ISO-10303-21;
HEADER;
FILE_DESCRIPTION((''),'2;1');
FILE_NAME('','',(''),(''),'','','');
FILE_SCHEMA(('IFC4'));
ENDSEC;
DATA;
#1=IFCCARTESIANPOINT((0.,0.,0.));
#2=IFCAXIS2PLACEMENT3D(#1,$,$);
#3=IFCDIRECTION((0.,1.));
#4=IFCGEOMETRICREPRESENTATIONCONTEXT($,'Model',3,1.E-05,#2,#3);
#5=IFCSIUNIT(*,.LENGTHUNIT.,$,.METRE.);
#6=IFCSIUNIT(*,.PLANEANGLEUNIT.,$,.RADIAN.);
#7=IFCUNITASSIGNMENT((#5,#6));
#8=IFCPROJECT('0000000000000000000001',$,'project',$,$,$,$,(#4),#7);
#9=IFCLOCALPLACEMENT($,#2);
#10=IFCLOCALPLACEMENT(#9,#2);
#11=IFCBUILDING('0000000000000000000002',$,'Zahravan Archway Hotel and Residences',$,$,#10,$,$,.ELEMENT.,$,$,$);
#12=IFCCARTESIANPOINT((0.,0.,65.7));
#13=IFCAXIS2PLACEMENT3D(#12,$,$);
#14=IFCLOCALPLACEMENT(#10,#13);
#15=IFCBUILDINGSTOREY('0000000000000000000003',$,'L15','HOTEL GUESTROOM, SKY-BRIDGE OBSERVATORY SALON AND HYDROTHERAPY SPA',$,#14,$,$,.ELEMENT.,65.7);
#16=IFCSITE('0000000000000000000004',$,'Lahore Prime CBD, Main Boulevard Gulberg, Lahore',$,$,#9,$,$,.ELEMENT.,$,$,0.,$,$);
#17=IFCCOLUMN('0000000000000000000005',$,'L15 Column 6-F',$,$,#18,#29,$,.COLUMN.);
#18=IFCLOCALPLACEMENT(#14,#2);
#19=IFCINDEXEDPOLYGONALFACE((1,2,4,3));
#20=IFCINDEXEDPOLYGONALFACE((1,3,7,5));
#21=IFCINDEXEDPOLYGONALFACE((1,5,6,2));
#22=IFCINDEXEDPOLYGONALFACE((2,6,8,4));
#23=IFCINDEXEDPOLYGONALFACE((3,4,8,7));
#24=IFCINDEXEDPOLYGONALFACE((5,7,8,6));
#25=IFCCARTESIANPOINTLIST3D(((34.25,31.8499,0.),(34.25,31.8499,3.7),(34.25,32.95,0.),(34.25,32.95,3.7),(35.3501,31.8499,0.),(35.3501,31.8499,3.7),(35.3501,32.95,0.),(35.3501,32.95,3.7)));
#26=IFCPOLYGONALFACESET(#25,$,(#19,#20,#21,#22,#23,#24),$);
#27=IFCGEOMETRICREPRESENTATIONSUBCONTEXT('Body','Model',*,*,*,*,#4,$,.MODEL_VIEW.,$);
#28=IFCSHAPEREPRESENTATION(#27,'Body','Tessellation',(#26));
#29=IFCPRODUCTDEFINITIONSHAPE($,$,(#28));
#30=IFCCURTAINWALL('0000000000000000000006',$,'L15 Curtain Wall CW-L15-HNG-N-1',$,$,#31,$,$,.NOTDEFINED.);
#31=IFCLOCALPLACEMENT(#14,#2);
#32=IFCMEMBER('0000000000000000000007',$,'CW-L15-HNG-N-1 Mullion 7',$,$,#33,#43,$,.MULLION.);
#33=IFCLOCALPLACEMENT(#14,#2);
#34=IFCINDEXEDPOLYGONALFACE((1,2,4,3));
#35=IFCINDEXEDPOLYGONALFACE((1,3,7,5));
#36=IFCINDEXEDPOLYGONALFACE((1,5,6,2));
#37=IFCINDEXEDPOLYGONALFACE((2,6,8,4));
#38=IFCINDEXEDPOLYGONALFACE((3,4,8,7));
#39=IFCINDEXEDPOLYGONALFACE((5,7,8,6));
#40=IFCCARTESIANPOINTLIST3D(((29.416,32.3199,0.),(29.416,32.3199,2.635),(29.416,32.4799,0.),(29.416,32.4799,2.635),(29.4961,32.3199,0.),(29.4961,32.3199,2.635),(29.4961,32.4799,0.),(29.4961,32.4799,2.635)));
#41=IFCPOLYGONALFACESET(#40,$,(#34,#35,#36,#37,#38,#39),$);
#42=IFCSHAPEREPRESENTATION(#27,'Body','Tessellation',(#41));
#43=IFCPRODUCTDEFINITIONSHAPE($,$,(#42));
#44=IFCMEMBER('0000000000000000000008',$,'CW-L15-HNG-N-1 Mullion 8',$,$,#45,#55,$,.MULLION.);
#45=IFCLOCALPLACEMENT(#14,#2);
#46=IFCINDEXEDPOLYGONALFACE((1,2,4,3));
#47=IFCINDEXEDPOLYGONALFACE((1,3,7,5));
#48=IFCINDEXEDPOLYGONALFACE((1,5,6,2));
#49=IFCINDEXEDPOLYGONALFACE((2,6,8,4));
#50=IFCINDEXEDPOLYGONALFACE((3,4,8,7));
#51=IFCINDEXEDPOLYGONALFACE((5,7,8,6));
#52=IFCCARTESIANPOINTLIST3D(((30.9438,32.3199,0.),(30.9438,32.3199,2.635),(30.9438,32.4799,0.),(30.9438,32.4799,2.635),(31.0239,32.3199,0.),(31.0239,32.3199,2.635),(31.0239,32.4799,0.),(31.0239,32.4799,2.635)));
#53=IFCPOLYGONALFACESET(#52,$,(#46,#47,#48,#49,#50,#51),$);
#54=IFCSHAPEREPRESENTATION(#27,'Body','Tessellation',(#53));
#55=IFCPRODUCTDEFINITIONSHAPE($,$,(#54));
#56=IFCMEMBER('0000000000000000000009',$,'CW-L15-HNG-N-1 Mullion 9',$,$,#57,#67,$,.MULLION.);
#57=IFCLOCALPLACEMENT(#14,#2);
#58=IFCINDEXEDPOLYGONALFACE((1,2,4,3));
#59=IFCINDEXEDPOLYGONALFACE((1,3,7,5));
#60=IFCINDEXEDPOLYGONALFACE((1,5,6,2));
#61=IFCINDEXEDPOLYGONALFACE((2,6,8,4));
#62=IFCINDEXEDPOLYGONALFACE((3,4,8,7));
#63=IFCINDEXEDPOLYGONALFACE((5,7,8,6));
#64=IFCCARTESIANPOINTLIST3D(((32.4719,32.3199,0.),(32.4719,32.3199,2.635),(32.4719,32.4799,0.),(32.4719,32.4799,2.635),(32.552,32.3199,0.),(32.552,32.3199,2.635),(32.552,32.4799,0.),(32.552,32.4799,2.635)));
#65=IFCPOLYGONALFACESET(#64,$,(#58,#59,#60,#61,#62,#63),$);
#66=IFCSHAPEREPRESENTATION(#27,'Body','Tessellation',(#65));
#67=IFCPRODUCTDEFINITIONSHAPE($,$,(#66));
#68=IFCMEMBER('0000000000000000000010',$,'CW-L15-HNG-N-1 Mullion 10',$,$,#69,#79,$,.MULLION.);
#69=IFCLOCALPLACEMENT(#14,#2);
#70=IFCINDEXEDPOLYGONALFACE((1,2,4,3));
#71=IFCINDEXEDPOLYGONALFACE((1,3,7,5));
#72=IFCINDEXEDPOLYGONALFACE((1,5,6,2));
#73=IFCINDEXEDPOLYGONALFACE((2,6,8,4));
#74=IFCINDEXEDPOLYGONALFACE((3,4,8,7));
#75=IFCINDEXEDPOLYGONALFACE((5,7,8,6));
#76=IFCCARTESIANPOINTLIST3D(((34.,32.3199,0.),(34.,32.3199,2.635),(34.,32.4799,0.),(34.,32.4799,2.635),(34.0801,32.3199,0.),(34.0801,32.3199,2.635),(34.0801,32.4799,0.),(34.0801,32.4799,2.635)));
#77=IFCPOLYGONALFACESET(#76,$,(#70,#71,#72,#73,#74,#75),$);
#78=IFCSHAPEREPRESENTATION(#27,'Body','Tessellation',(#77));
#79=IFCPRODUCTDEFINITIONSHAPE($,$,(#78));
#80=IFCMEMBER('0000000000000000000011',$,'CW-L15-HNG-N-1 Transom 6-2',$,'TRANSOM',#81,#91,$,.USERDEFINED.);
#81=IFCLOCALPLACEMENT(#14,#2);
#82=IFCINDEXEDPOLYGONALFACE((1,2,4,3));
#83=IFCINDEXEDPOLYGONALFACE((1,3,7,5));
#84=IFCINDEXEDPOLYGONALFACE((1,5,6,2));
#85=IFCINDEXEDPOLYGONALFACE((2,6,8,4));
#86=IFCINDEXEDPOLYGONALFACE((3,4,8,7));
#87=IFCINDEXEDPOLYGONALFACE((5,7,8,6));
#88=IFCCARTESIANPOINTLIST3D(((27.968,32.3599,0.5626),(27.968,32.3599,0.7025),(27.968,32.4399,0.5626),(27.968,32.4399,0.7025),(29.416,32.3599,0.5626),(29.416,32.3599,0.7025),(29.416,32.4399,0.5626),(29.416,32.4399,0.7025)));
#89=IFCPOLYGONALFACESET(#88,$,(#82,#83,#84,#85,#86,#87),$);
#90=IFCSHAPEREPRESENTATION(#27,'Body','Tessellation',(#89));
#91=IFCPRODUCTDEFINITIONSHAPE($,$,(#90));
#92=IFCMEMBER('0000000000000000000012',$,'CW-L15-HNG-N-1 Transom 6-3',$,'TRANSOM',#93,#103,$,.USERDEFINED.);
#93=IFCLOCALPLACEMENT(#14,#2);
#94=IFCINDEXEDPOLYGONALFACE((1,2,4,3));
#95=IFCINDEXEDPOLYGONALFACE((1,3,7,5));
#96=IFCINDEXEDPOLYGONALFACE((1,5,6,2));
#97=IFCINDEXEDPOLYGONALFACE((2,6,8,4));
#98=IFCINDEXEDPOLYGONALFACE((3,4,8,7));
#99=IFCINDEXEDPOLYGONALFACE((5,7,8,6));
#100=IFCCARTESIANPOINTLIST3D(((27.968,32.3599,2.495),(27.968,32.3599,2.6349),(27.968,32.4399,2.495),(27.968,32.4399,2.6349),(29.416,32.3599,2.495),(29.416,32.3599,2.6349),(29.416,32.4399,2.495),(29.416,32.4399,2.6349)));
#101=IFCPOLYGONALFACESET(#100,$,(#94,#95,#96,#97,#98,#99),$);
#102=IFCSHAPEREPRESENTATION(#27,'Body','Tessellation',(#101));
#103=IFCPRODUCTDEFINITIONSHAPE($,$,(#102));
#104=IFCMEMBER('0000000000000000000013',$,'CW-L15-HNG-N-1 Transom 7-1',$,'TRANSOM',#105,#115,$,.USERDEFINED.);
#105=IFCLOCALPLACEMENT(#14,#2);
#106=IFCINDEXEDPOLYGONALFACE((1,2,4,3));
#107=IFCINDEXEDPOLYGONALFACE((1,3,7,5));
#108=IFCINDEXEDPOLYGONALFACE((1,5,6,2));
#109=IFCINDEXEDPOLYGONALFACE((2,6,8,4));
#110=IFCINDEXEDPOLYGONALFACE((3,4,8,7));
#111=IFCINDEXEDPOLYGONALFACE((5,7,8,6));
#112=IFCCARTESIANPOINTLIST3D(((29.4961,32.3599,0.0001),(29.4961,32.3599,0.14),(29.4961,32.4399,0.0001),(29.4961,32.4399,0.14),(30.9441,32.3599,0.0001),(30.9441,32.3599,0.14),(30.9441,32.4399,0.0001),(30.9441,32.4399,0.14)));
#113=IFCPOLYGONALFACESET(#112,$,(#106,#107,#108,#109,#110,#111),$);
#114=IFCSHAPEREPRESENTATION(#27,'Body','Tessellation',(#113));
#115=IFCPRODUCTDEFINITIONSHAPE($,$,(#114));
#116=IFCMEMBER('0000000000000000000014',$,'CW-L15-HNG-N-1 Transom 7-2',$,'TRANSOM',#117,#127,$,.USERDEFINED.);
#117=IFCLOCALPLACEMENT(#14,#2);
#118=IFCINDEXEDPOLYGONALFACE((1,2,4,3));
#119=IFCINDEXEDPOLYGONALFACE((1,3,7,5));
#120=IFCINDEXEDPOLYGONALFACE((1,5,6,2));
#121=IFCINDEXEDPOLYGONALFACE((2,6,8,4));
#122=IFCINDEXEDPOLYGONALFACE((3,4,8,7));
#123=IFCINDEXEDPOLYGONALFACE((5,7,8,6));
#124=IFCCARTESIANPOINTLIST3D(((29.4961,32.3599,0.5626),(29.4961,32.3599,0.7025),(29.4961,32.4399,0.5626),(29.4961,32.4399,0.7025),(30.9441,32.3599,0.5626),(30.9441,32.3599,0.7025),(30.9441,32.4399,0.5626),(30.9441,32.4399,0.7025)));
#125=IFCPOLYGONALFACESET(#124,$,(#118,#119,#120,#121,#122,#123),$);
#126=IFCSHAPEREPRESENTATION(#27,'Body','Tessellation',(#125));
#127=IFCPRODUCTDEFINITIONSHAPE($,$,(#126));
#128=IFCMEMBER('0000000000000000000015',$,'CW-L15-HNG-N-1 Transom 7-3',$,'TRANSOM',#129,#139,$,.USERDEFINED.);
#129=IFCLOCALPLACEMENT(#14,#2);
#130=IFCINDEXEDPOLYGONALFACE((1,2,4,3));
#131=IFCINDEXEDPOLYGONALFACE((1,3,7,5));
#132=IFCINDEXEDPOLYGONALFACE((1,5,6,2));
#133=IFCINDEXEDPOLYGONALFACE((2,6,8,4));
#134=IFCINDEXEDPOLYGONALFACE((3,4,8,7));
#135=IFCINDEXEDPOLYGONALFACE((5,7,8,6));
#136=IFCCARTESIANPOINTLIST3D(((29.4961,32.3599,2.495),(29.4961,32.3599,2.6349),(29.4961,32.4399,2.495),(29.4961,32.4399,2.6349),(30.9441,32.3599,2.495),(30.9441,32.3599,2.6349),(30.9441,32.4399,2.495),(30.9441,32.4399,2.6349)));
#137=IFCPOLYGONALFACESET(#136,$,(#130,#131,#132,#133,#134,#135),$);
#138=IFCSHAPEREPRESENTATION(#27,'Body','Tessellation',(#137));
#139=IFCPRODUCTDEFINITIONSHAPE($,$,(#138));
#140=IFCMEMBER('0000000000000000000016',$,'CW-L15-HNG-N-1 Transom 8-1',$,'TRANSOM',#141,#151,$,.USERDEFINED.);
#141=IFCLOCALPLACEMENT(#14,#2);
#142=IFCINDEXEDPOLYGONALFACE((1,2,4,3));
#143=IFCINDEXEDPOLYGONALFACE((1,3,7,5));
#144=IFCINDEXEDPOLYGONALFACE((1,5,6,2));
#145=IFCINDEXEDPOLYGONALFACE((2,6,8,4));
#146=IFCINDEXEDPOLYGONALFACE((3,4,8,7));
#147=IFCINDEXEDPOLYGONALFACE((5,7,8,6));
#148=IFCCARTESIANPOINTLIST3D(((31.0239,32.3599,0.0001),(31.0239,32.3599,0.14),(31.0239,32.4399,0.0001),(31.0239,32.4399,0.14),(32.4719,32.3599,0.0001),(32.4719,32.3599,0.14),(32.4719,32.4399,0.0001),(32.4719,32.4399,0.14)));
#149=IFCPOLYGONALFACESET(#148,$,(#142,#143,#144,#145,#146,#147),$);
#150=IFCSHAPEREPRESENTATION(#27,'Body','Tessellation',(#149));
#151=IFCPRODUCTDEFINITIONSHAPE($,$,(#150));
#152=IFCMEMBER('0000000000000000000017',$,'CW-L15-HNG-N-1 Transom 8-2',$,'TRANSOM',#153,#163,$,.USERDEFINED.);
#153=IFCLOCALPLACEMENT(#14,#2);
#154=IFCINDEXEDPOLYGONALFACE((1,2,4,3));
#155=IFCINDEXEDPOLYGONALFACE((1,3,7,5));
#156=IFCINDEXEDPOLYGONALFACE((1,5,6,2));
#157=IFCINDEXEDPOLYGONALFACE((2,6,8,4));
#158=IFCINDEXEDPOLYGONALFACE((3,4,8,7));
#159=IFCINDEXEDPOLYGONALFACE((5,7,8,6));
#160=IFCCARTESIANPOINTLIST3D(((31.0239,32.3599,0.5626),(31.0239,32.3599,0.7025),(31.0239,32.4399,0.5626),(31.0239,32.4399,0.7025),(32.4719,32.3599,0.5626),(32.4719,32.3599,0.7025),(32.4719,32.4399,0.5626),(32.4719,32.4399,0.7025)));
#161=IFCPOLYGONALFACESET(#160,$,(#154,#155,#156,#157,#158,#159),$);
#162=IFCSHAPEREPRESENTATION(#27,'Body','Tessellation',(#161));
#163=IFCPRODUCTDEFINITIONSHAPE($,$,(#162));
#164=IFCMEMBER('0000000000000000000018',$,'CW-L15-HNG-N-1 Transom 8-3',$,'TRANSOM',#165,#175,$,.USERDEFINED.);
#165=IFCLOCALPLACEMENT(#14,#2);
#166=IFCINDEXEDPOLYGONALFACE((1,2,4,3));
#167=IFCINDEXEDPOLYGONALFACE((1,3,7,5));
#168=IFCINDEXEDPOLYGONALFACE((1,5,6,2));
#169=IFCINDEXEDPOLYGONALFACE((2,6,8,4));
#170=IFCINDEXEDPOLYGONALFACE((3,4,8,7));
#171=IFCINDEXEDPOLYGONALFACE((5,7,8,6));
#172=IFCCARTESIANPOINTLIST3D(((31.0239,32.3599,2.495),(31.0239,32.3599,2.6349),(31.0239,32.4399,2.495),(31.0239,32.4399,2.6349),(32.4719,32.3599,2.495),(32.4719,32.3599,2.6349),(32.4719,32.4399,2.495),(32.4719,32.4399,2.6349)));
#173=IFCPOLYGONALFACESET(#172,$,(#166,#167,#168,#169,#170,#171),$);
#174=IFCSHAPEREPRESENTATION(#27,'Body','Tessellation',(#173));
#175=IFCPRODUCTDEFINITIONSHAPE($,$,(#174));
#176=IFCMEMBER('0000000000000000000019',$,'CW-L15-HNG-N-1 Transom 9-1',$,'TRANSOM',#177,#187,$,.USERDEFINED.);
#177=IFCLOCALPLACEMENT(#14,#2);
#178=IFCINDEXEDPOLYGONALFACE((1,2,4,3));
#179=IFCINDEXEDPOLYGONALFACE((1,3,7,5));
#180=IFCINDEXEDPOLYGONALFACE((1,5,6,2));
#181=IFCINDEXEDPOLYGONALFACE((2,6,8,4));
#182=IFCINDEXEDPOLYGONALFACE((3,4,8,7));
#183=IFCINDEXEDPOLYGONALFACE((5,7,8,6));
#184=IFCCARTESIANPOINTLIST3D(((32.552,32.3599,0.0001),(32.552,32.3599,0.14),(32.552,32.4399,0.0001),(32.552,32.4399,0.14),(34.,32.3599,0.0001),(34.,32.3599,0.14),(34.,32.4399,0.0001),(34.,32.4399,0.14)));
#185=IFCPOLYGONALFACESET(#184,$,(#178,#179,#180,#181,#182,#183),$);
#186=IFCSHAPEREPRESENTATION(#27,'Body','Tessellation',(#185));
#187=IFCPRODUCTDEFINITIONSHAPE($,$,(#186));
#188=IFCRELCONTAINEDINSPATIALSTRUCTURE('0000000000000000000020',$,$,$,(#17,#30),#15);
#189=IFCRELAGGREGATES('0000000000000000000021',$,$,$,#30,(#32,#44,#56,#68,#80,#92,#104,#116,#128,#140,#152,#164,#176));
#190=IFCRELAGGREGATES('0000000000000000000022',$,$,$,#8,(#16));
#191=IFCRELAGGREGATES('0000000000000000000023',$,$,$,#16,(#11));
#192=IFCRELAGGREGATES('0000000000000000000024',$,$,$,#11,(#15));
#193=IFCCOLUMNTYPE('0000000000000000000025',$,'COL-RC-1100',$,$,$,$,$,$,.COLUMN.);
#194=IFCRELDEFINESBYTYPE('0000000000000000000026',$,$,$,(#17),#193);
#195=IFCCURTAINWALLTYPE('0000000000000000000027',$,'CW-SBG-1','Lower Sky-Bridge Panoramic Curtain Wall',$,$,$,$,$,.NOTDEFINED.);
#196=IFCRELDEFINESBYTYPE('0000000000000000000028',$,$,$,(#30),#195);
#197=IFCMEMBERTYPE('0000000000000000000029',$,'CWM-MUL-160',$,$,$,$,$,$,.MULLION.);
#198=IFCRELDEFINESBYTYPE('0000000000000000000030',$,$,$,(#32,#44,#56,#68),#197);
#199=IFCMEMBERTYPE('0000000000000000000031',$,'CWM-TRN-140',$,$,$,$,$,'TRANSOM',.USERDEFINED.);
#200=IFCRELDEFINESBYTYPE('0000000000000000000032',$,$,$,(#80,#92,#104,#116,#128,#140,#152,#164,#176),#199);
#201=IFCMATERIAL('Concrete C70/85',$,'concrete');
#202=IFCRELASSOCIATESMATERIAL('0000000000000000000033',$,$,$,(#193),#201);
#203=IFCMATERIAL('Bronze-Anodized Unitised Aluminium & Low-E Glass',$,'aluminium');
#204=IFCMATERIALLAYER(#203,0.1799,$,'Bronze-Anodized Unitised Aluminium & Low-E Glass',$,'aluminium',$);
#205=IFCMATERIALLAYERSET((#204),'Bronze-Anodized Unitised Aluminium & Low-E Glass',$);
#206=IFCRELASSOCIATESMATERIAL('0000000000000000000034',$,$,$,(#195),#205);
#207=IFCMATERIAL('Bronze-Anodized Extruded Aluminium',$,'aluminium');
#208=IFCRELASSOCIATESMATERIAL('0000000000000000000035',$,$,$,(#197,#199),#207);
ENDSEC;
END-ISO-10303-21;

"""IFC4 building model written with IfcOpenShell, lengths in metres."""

from ifc_helpers import new_model, si_unit, direction, frame, origin, origin_2d, place, context, subcontext, project, spatial, rectangle, extrude, source, transform, mapped, material, layer, layer_set, material_profile, profile_set, type_object, element, aggregate, save


model = new_model("IFC4")

# Units and contexts
model_context = context("Model", 3, precision=1e-05, world=origin(), true_north=direction((0.0, 1.0)))
body_context = subcontext(model_context, "Body", "Model", "MODEL_VIEW")
ifc_project = project(units=[si_unit("LENGTHUNIT", "METRE"), si_unit("PLANEANGLEUNIT", "RADIAN")], contexts=[model_context])

# Site, building, storey
site_placement = place(None, origin())
site = spatial("IfcSite", under=ifc_project, at=site_placement, Name="Lahore Prime CBD, Main Boulevard Gulberg, Lahore", CompositionType="ELEMENT", RefElevation=0.0)
building_placement = place(site_placement, origin())
building = spatial("IfcBuilding", under=site, at=building_placement, Name="Zahravan Archway Hotel and Residences", CompositionType="ELEMENT")
storey_placement = place(building_placement, frame((0.0, 0.0, 65.7)))
storey = spatial("IfcBuildingStorey", under=building, at=storey_placement, Name="L15", Description="HOTEL GUESTROOM, SKY-BRIDGE OBSERVATORY SALON AND HYDROTHERAPY SPA", CompositionType="ELEMENT", Elevation=65.7)

# Column
ifc_material_1 = material(Name="Concrete C70/85", Category="concrete")
ifc_material_profile_1 = material_profile(ifc_material_1, rectangle(XDim=1.1001, YDim=1.1001, at=origin_2d()), Name="RC 1100x1100", Category="concrete")
ifc_profile_set_1 = profile_set([ifc_material_profile_1], Name="Concrete C70/85")
column_type = type_object("IfcColumnType", Name="COL-RC-1100", PredefinedType="COLUMN", material=ifc_profile_set_1)
shared_shape_1 = source(origin(), body_context, "Body", "SweptSolid", [
    extrude(rectangle(XDim=1.1001, YDim=1.1001, at=origin_2d()), origin(), (0.0, 0.0, 1.0), 3.7),
])
column_placement = place(storey_placement, frame((34.8, 32.3999, 0.0), z_axis=(0.0, 0.0, 1.0), x_axis=(1.0, 0.0, 0.0)))
element("IfcColumn", 1, at=column_placement, inside=storey, type_object=column_type, Name="L15 Column 6-F", PredefinedType="COLUMN", context=body_context, shape_type="MappedRepresentation", body=[
    mapped(shared_shape_1, transform((0.0, 0.0, 0.0), scale=1.0)),
])

# Curtain wall, members
ifc_material_2 = material(Name="Bronze-Anodized Unitised Aluminium & Low-E Glass", Category="aluminium")
ifc_layer_1 = layer(ifc_material_2, 0.1799, Name="Bronze-Anodized Unitised Aluminium & Low-E Glass", Category="aluminium")
ifc_layer_set_1 = layer_set([ifc_layer_1], Name="Bronze-Anodized Unitised Aluminium & Low-E Glass")
curtain_wall_type = type_object("IfcCurtainWallType", Name="CW-SBG-1", Description="Lower Sky-Bridge Panoramic Curtain Wall", PredefinedType="NOTDEFINED", material=ifc_layer_set_1)
curtain_wall_placement = place(storey_placement, origin())
curtain_wall = element("IfcCurtainWall", 2, at=curtain_wall_placement, inside=storey, type_object=curtain_wall_type, Name="L15 Curtain Wall CW-L15-HNG-N-1", PredefinedType="NOTDEFINED")
ifc_material_3 = material(Name="Bronze-Anodized Extruded Aluminium", Category="aluminium")
ifc_material_profile_2 = material_profile(ifc_material_3, rectangle(XDim=0.0801, YDim=0.1599, at=origin_2d()), Name="MUL 80x160", Category="aluminium")
ifc_profile_set_2 = profile_set([ifc_material_profile_2], Name="Bronze-Anodized Extruded Aluminium")
member_type_1 = type_object("IfcMemberType", Name="CWM-MUL-160", PredefinedType="MULLION", material=ifc_profile_set_2)
shared_shape_2 = source(origin(), body_context, "Body", "SweptSolid", [
    extrude(rectangle(XDim=0.0801, YDim=0.1599, at=origin_2d()), origin(), (0.0, 0.0, 1.0), 2.635),
])
member_1_placement = place(storey_placement, frame((29.4561, 32.3999, 0.0), z_axis=(0.0, 0.0, 1.0), x_axis=(1.0, 0.0, 0.0)))
member_1 = element("IfcMember", 3, at=member_1_placement, type_object=member_type_1, Name="CW-L15-HNG-N-1 Mullion 7", PredefinedType="MULLION", context=body_context, shape_type="MappedRepresentation", body=[
    mapped(shared_shape_2, transform((0.0, 0.0, 0.0), scale=1.0)),
])
member_2_placement = place(storey_placement, frame((30.9839, 32.3999, 0.0), z_axis=(0.0, 0.0, 1.0), x_axis=(1.0, 0.0, 0.0)))
member_2 = element("IfcMember", 4, at=member_2_placement, type_object=member_type_1, Name="CW-L15-HNG-N-1 Mullion 8", PredefinedType="MULLION", context=body_context, shape_type="MappedRepresentation", body=[
    mapped(shared_shape_2, transform((0.0, 0.0, 0.0), scale=1.0)),
])
member_3_placement = place(storey_placement, frame((32.512, 32.3999, 0.0), z_axis=(0.0, 0.0, 1.0), x_axis=(1.0, 0.0, 0.0)))
member_3 = element("IfcMember", 5, at=member_3_placement, type_object=member_type_1, Name="CW-L15-HNG-N-1 Mullion 9", PredefinedType="MULLION", context=body_context, shape_type="MappedRepresentation", body=[
    mapped(shared_shape_2, transform((0.0, 0.0, 0.0), scale=1.0)),
])
member_4_placement = place(storey_placement, frame((34.04, 32.3999, 0.0), z_axis=(0.0, 0.0, 1.0), x_axis=(1.0, 0.0, 0.0)))
member_4 = element("IfcMember", 6, at=member_4_placement, type_object=member_type_1, Name="CW-L15-HNG-N-1 Mullion 10", PredefinedType="MULLION", context=body_context, shape_type="MappedRepresentation", body=[
    mapped(shared_shape_2, transform((0.0, 0.0, 0.0), scale=1.0)),
])
ifc_material_profile_3 = material_profile(ifc_material_3, rectangle(XDim=0.0801, YDim=0.1399, at=origin_2d()), Name="TRN 80x140", Category="aluminium")
ifc_profile_set_3 = profile_set([ifc_material_profile_3], Name="Bronze-Anodized Extruded Aluminium")
member_type_2 = type_object("IfcMemberType", Name="CWM-TRN-140", ElementType="TRANSOM", PredefinedType="USERDEFINED", material=ifc_profile_set_3)
shared_shape_3 = source(origin(), body_context, "Body", "SweptSolid", [
    extrude(rectangle(XDim=0.0801, YDim=0.1399, at=origin_2d()), origin(), (0.0, 0.0, 1.0), 1.448),
])
member_5_placement = place(storey_placement, frame((27.968, 32.3999, 0.6326), z_axis=(1.0, 0.0, 0.0), x_axis=(0.0, 1.0, 0.0)))
member_5 = element("IfcMember", 7, at=member_5_placement, type_object=member_type_2, Name="CW-L15-HNG-N-1 Transom 6-2", ObjectType="TRANSOM", PredefinedType="USERDEFINED", context=body_context, shape_type="MappedRepresentation", body=[
    mapped(shared_shape_3, transform((0.0, 0.0, 0.0), scale=1.0)),
])
member_6_placement = place(storey_placement, frame((27.968, 32.3999, 2.5649), z_axis=(1.0, 0.0, 0.0), x_axis=(0.0, 1.0, 0.0)))
member_6 = element("IfcMember", 8, at=member_6_placement, type_object=member_type_2, Name="CW-L15-HNG-N-1 Transom 6-3", ObjectType="TRANSOM", PredefinedType="USERDEFINED", context=body_context, shape_type="MappedRepresentation", body=[
    mapped(shared_shape_3, transform((0.0, 0.0, 0.0), scale=1.0)),
])
member_7_placement = place(storey_placement, frame((29.4961, 32.3999, 0.0701), z_axis=(1.0, 0.0, 0.0), x_axis=(0.0, 1.0, 0.0)))
member_7 = element("IfcMember", 9, at=member_7_placement, type_object=member_type_2, Name="CW-L15-HNG-N-1 Transom 7-1", ObjectType="TRANSOM", PredefinedType="USERDEFINED", context=body_context, shape_type="MappedRepresentation", body=[
    mapped(shared_shape_3, transform((0.0, 0.0, 0.0), scale=1.0)),
])
member_8_placement = place(storey_placement, frame((29.4961, 32.3999, 0.6326), z_axis=(1.0, 0.0, 0.0), x_axis=(0.0, 1.0, 0.0)))
member_8 = element("IfcMember", 10, at=member_8_placement, type_object=member_type_2, Name="CW-L15-HNG-N-1 Transom 7-2", ObjectType="TRANSOM", PredefinedType="USERDEFINED", context=body_context, shape_type="MappedRepresentation", body=[
    mapped(shared_shape_3, transform((0.0, 0.0, 0.0), scale=1.0)),
])
member_9_placement = place(storey_placement, frame((29.4961, 32.3999, 2.5649), z_axis=(1.0, 0.0, 0.0), x_axis=(0.0, 1.0, 0.0)))
member_9 = element("IfcMember", 11, at=member_9_placement, type_object=member_type_2, Name="CW-L15-HNG-N-1 Transom 7-3", ObjectType="TRANSOM", PredefinedType="USERDEFINED", context=body_context, shape_type="MappedRepresentation", body=[
    mapped(shared_shape_3, transform((0.0, 0.0, 0.0), scale=1.0)),
])
member_10_placement = place(storey_placement, frame((31.0239, 32.3999, 0.0701), z_axis=(1.0, 0.0, 0.0), x_axis=(0.0, 1.0, 0.0)))
member_10 = element("IfcMember", 12, at=member_10_placement, type_object=member_type_2, Name="CW-L15-HNG-N-1 Transom 8-1", ObjectType="TRANSOM", PredefinedType="USERDEFINED", context=body_context, shape_type="MappedRepresentation", body=[
    mapped(shared_shape_3, transform((0.0, 0.0, 0.0), scale=1.0)),
])
member_11_placement = place(storey_placement, frame((31.0239, 32.3999, 0.6326), z_axis=(1.0, 0.0, 0.0), x_axis=(0.0, 1.0, 0.0)))
member_11 = element("IfcMember", 13, at=member_11_placement, type_object=member_type_2, Name="CW-L15-HNG-N-1 Transom 8-2", ObjectType="TRANSOM", PredefinedType="USERDEFINED", context=body_context, shape_type="MappedRepresentation", body=[
    mapped(shared_shape_3, transform((0.0, 0.0, 0.0), scale=1.0)),
])
member_12_placement = place(storey_placement, frame((31.0239, 32.3999, 2.5649), z_axis=(1.0, 0.0, 0.0), x_axis=(0.0, 1.0, 0.0)))
member_12 = element("IfcMember", 14, at=member_12_placement, type_object=member_type_2, Name="CW-L15-HNG-N-1 Transom 8-3", ObjectType="TRANSOM", PredefinedType="USERDEFINED", context=body_context, shape_type="MappedRepresentation", body=[
    mapped(shared_shape_3, transform((0.0, 0.0, 0.0), scale=1.0)),
])
member_13_placement = place(storey_placement, frame((32.552, 32.3999, 0.0701), z_axis=(1.0, 0.0, 0.0), x_axis=(0.0, 1.0, 0.0)))
member_13 = element("IfcMember", 15, at=member_13_placement, type_object=member_type_2, Name="CW-L15-HNG-N-1 Transom 9-1", ObjectType="TRANSOM", PredefinedType="USERDEFINED", context=body_context, shape_type="MappedRepresentation", body=[
    mapped(shared_shape_3, transform((0.0, 0.0, 0.0), scale=1.0)),
])
aggregate(curtain_wall, [member_1, member_2, member_3, member_4, member_5, member_6, member_7, member_8, member_9, member_10, member_11, member_12, member_13])

save(model, "model.ifc")
